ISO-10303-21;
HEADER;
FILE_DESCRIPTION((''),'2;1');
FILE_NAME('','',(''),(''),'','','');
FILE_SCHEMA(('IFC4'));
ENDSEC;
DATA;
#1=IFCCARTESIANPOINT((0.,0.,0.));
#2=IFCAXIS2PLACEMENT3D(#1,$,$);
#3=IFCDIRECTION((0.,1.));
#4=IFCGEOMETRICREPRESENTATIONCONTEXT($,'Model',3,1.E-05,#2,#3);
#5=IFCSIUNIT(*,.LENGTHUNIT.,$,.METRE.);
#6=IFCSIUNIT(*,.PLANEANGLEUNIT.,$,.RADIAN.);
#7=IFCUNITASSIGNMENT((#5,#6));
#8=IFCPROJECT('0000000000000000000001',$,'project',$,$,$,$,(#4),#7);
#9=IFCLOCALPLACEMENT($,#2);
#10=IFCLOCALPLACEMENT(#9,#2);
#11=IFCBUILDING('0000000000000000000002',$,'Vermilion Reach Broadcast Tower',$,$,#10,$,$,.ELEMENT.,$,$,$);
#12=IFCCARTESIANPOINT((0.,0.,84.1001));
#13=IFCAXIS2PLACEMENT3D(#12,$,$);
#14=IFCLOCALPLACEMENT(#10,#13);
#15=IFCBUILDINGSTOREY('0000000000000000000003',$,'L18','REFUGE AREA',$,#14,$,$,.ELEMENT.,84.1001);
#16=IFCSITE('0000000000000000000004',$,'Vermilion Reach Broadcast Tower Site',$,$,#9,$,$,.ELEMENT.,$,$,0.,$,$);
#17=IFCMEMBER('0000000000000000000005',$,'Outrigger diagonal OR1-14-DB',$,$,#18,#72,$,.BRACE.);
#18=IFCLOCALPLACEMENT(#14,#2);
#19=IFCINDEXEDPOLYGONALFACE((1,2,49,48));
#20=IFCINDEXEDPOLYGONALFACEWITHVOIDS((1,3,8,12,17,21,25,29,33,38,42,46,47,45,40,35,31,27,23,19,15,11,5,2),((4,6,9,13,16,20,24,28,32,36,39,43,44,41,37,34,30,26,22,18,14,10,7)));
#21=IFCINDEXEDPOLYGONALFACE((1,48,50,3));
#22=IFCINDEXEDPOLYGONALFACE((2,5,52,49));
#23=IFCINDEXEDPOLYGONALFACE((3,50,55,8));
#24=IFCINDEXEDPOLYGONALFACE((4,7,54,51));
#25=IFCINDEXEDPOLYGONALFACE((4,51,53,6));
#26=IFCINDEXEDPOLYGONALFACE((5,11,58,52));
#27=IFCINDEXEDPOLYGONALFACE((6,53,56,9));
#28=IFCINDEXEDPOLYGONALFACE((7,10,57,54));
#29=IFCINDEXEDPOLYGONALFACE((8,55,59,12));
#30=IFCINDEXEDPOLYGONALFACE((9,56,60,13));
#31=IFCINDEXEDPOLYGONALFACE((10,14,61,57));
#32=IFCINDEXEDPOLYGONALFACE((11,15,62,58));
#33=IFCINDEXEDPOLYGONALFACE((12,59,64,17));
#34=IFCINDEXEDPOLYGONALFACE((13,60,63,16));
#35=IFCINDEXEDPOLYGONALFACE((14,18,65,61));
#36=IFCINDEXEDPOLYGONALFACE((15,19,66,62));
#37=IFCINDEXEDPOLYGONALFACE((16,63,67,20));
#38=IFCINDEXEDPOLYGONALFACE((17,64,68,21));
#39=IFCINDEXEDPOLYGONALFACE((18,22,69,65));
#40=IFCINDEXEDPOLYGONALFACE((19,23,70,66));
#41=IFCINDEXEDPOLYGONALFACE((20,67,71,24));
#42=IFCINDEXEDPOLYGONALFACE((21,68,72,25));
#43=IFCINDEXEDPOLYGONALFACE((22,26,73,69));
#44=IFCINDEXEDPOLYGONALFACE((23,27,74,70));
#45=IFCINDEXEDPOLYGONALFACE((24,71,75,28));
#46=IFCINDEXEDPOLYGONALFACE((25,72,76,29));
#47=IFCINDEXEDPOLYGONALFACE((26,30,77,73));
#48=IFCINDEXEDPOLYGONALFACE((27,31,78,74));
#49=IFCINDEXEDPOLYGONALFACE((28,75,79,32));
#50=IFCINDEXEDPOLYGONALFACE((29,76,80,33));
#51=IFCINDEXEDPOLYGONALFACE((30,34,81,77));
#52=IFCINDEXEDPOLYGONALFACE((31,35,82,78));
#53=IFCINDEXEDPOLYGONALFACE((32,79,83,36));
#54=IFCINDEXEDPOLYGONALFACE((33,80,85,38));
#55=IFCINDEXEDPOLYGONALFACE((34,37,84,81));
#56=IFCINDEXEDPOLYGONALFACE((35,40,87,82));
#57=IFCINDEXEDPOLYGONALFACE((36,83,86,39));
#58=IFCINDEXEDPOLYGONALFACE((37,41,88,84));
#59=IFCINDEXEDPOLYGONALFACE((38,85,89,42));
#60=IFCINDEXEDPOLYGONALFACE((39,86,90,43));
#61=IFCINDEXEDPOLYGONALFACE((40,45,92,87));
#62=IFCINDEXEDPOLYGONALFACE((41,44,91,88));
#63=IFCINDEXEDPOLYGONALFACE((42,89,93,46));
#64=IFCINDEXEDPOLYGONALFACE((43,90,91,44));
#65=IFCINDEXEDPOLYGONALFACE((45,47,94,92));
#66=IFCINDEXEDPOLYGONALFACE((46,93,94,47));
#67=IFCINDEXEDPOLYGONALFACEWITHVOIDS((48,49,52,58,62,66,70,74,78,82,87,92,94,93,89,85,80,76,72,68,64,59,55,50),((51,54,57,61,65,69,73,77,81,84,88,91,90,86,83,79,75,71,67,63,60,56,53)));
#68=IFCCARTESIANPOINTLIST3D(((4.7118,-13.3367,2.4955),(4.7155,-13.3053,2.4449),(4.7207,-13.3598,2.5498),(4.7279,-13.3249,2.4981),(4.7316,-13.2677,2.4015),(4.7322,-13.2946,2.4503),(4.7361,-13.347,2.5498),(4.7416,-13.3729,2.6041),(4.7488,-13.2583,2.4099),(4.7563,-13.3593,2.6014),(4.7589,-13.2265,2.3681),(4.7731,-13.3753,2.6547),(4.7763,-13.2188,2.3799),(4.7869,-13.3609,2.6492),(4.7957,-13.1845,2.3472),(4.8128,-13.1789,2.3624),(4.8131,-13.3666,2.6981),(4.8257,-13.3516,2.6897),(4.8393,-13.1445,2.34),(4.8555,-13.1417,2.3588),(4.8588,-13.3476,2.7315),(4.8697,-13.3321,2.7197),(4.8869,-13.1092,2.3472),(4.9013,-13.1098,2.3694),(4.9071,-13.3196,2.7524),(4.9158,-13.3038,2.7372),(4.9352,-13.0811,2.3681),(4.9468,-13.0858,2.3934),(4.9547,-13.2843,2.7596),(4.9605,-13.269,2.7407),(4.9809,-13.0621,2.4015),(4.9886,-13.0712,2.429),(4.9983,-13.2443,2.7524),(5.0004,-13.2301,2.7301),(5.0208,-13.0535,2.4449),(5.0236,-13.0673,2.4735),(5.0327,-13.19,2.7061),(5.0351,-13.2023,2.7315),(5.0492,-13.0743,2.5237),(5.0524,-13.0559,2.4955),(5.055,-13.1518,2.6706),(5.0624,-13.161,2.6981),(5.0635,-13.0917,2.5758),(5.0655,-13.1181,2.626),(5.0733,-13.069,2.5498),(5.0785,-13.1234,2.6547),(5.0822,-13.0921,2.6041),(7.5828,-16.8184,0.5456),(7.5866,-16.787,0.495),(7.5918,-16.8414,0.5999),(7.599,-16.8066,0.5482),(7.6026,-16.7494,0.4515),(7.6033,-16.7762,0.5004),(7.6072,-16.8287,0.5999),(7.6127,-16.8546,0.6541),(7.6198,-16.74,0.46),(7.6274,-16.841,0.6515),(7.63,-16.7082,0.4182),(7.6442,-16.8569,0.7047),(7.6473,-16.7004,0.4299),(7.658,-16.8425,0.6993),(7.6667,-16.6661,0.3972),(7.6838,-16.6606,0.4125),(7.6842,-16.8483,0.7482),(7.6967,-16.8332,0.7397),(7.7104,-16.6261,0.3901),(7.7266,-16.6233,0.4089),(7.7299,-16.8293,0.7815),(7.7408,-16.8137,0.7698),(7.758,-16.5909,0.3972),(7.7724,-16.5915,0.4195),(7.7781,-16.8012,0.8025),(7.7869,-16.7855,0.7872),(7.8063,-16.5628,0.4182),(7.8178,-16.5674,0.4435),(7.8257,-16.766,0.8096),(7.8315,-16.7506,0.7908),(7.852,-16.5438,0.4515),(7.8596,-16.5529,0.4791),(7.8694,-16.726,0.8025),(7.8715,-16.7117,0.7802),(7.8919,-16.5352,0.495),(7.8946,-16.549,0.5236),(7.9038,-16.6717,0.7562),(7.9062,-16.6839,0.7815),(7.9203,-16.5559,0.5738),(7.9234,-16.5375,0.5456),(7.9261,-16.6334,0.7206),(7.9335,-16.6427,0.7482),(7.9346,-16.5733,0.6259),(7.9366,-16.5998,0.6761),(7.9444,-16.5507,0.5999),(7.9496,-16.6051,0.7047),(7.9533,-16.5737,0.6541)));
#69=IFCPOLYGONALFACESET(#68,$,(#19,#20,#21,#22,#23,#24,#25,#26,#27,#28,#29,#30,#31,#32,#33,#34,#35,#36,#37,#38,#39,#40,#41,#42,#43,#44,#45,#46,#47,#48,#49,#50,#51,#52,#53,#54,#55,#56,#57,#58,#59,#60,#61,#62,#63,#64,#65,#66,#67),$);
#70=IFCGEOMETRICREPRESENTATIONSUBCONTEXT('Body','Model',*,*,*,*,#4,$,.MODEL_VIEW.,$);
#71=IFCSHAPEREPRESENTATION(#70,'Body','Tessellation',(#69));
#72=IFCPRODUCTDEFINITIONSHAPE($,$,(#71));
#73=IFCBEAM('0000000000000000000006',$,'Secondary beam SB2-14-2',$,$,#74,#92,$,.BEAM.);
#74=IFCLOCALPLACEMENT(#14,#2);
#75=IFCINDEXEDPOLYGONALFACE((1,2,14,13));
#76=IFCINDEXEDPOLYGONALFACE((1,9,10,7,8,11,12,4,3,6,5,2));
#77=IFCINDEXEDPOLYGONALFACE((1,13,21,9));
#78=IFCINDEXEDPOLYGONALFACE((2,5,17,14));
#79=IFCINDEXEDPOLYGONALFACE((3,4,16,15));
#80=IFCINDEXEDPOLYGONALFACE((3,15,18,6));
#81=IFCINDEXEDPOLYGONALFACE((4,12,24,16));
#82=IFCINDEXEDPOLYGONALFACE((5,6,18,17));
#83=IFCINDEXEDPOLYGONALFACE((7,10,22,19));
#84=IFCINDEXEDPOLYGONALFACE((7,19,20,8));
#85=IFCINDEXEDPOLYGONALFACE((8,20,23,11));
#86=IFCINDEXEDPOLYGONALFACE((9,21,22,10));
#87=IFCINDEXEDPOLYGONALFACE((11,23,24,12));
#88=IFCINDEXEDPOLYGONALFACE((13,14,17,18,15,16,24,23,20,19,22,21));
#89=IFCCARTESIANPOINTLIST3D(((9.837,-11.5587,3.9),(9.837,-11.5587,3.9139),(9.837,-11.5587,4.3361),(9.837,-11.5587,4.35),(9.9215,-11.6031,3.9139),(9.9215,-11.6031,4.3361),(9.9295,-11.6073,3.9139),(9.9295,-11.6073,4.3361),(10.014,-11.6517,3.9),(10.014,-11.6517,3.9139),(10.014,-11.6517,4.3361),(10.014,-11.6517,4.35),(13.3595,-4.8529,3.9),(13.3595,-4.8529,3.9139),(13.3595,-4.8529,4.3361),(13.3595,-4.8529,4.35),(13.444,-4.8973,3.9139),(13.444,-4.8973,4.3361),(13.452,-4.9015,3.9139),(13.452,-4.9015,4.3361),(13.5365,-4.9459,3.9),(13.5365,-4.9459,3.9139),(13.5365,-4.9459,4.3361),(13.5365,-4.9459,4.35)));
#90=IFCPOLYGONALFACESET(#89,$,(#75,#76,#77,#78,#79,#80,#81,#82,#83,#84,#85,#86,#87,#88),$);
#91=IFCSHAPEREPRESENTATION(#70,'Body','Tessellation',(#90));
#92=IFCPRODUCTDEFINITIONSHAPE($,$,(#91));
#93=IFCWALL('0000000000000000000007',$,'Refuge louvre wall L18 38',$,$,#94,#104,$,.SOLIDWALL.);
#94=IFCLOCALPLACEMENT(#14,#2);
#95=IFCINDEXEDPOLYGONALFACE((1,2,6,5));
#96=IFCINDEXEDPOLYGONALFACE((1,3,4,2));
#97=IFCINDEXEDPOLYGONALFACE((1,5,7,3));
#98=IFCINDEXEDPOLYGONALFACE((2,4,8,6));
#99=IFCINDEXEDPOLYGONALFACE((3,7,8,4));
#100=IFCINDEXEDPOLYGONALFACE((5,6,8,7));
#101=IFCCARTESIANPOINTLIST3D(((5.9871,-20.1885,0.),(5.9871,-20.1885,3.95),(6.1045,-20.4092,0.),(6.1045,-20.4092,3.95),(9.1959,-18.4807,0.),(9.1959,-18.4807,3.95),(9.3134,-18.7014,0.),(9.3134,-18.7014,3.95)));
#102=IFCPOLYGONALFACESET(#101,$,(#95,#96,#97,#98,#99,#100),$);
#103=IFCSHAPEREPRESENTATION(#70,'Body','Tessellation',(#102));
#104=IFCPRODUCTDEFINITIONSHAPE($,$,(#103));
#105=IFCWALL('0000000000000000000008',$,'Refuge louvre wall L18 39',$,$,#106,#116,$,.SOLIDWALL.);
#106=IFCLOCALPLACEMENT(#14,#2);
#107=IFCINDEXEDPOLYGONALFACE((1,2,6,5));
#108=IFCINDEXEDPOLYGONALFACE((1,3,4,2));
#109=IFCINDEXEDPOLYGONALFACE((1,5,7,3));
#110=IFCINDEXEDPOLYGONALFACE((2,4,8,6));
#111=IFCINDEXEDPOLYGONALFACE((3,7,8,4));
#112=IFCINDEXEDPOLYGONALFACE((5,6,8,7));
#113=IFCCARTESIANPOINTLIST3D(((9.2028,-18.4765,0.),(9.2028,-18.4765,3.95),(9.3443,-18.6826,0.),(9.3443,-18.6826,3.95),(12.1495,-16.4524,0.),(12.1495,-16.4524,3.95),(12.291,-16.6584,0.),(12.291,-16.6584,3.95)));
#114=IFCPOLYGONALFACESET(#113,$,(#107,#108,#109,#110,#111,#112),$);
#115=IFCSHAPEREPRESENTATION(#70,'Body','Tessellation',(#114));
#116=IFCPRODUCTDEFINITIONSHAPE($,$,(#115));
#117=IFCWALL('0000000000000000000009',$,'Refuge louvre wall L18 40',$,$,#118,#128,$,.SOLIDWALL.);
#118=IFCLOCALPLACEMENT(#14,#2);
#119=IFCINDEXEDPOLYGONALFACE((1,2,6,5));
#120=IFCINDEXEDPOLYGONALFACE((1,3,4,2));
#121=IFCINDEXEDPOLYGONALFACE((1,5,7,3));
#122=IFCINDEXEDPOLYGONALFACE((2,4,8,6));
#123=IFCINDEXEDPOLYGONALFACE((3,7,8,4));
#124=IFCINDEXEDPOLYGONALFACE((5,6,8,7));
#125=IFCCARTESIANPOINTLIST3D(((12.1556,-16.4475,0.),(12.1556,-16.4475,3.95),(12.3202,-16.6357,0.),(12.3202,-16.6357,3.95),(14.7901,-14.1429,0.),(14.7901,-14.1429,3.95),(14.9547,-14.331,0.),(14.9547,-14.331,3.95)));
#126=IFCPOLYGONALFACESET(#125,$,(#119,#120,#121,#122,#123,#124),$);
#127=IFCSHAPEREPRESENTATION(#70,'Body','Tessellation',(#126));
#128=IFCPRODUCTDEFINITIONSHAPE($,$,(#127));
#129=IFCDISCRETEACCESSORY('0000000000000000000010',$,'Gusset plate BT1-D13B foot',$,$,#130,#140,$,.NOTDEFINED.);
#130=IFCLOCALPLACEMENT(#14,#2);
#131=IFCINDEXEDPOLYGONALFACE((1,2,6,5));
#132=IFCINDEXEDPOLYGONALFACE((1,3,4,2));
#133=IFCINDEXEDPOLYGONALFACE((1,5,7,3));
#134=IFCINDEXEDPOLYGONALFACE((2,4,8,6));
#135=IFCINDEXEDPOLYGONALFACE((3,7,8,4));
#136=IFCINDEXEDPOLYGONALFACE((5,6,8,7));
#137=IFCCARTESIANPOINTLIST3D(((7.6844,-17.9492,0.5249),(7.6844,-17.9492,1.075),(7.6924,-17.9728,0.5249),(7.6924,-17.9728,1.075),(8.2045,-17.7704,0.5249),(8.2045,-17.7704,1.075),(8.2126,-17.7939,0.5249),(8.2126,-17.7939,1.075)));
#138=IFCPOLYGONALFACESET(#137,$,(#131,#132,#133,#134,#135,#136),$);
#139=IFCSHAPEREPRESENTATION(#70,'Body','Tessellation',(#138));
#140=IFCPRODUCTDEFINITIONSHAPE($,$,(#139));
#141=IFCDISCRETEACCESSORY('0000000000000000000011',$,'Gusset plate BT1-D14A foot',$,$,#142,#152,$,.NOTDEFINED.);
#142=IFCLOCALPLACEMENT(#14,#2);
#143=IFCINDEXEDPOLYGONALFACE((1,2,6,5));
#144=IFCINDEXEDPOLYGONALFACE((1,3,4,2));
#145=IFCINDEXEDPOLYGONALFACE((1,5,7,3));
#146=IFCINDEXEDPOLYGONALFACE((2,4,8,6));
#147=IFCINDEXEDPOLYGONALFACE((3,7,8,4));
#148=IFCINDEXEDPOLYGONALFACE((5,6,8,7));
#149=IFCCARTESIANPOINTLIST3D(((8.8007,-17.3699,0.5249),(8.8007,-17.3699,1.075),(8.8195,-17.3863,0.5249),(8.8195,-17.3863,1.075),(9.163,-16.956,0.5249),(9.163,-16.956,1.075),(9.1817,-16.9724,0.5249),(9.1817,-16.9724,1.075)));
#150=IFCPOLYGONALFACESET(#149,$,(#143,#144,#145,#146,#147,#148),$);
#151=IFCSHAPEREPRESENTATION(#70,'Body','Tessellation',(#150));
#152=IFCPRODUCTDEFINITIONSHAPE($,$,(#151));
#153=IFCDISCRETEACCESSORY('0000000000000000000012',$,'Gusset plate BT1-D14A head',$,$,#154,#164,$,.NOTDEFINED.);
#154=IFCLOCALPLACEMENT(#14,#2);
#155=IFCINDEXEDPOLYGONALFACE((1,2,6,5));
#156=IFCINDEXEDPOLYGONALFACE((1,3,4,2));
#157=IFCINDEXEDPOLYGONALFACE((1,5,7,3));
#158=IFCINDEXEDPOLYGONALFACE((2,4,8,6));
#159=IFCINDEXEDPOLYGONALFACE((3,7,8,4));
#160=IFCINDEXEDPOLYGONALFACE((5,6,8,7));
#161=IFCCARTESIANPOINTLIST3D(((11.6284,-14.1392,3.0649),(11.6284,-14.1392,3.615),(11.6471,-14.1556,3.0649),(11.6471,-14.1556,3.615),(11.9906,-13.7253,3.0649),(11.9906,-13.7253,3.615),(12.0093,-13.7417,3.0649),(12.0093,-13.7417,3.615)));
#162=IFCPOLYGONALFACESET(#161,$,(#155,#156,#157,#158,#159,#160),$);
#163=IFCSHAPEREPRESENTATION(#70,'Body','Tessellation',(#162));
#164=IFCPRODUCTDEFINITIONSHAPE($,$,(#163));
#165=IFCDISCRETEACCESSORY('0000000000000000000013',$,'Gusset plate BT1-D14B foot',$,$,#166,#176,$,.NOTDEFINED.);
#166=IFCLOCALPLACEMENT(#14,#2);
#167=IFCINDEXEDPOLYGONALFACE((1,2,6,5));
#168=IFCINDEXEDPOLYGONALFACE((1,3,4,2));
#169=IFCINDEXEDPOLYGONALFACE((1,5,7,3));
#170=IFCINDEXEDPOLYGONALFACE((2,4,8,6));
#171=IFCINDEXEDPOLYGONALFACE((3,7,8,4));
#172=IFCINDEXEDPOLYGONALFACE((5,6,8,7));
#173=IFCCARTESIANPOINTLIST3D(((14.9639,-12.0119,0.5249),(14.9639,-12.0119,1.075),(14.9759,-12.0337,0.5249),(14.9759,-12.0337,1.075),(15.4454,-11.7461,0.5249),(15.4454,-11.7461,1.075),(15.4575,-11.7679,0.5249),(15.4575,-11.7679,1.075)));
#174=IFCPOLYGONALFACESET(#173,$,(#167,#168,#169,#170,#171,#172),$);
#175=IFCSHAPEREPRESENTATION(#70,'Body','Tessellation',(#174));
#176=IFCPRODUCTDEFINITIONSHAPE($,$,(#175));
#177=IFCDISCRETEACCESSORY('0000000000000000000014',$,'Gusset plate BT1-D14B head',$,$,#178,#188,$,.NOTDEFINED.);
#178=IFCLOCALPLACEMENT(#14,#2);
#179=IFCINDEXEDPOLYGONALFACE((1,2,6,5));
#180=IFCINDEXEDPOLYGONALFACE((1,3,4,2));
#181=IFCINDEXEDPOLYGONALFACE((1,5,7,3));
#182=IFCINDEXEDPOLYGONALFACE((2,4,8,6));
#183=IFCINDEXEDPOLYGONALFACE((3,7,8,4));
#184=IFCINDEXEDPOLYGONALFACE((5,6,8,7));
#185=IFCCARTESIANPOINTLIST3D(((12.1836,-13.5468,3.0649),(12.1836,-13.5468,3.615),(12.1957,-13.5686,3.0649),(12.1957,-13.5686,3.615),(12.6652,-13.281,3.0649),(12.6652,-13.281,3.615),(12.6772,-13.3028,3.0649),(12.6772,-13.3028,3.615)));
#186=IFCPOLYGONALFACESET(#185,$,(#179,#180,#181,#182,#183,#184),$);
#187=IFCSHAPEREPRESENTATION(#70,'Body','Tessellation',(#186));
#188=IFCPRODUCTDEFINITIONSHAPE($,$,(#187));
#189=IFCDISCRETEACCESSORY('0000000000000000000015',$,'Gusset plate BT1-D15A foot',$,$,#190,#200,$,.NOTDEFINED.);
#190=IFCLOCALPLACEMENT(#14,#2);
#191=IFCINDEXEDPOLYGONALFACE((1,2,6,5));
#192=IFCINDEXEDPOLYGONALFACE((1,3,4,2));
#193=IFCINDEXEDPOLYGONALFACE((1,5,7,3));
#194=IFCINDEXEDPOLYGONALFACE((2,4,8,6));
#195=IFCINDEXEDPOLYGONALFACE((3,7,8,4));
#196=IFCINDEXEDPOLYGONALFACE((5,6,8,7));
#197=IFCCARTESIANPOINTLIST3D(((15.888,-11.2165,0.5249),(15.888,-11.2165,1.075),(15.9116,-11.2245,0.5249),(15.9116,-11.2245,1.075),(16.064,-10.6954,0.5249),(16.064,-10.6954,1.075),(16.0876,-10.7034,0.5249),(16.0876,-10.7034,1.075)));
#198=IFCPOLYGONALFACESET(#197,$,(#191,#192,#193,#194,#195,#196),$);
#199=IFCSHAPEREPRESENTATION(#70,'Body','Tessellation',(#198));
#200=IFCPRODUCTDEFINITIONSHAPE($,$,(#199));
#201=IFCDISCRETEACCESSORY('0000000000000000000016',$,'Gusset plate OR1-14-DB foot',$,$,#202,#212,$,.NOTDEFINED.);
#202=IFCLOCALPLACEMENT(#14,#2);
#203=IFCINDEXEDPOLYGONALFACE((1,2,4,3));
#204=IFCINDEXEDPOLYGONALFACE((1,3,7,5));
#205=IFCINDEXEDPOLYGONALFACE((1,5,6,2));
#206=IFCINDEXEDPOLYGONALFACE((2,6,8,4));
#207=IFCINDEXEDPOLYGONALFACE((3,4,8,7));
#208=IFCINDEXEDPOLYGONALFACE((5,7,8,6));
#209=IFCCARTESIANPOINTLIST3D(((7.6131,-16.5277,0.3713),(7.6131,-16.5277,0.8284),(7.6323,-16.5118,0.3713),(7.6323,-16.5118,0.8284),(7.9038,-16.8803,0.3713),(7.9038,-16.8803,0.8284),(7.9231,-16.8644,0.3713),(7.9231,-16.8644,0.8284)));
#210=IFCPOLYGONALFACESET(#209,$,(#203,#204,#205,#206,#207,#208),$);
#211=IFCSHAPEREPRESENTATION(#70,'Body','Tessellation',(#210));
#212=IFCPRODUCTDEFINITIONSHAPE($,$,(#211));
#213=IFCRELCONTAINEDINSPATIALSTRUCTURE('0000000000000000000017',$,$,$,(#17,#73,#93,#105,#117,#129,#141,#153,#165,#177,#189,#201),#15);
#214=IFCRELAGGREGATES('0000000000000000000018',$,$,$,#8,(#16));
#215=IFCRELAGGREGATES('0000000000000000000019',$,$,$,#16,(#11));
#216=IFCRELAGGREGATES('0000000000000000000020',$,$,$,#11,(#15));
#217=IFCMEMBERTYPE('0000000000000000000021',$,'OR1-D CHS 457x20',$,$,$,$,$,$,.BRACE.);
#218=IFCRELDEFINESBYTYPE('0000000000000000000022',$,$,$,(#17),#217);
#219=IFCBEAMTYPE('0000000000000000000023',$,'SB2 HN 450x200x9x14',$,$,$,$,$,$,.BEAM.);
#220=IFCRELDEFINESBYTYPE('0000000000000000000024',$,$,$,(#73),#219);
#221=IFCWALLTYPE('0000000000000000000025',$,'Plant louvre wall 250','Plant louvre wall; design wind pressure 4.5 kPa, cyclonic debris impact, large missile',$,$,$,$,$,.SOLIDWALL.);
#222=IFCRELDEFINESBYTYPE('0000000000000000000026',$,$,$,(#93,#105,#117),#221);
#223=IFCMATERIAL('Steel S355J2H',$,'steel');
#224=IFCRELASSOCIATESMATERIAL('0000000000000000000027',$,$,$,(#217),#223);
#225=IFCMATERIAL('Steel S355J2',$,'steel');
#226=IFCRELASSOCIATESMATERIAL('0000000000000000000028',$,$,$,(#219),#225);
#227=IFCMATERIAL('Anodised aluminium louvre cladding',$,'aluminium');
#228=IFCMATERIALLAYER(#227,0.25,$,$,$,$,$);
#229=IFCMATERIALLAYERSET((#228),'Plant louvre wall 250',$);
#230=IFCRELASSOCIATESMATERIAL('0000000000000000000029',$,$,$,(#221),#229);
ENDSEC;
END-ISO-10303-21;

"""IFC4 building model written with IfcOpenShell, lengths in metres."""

from ifc_helpers import new_model, si_unit, direction, frame, frame_2d, origin, origin_2d, place, context, subcontext, project, spatial, rectangle, hollow_circle, i_section, extrude, material, layer, layer_set, material_profile, profile_set, type_object, element, save


model = new_model("IFC4")

# Units and contexts
model_context = context("Model", 3, precision=1e-05, world=origin(), true_north=direction((0.0, 1.0)))
body_context = subcontext(model_context, "Body", "Model", "MODEL_VIEW")
ifc_project = project(units=[si_unit("LENGTHUNIT", "METRE"), si_unit("PLANEANGLEUNIT", "RADIAN")], contexts=[model_context])

# Site, building, storey
site_placement = place(None, origin())
site = spatial("IfcSite", under=ifc_project, at=site_placement, Name="Vermilion Reach Broadcast Tower Site", CompositionType="ELEMENT", RefElevation=0.0)
building_placement = place(site_placement, origin())
building = spatial("IfcBuilding", under=site, at=building_placement, Name="Vermilion Reach Broadcast Tower", CompositionType="ELEMENT")
storey_placement = place(building_placement, frame((0.0, 0.0, 84.1001)))
storey = spatial("IfcBuildingStorey", under=building, at=storey_placement, Name="L18", Description="REFUGE AREA", CompositionType="ELEMENT", Elevation=84.1001)

# Member
ifc_material_1 = material(Name="Steel S355J2H", Category="steel")
ifc_material_profile_1 = material_profile(ifc_material_1, hollow_circle(Radius=0.2285, WallThickness=0.02, at=origin_2d()), Name="S355J2H CHS 457x20")
ifc_profile_set_1 = profile_set([ifc_material_profile_1], Name="Steel S355J2H")
member_type_1 = type_object("IfcMemberType", Name="OR1-D CHS 457x20", PredefinedType="BRACE", material=ifc_profile_set_1)
member_1_placement = place(storey_placement, frame((7.7681, -16.696, 0.5999), z_axis=(-0.584023, 0.708228, 0.396649), x_axis=(-0.771515, -0.636212, 0.0)))
element("IfcMember", 1, at=member_1_placement, inside=storey, type_object=member_type_1, Name="Outrigger diagonal OR1-14-DB", PredefinedType="BRACE", context=body_context, shape_type="SweptSolid", body=[
    extrude(hollow_circle(Radius=0.2285, WallThickness=0.02, at=origin_2d()), origin(), (0.0, 0.0, 1.0), 4.916),
])

# Beam
ifc_material_2 = material(Name="Steel S355J2", Category="steel")
ifc_material_profile_2 = material_profile(ifc_material_2, i_section(OverallWidth=0.2, OverallDepth=0.45, WebThickness=0.009, FlangeThickness=0.0139, at=origin_2d()), Name="S355J2 HN 450x200x9x14")
ifc_profile_set_2 = profile_set([ifc_material_profile_2], Name="Steel S355J2")
beam_type_1 = type_object("IfcBeamType", Name="SB2 HN 450x200x9x14", PredefinedType="BEAM", material=ifc_profile_set_2)
beam_1_placement = place(storey_placement, frame((9.9255, -11.6052, 4.125), z_axis=(0.465032, 0.885294, 0.0), x_axis=(-0.885294, 0.465032, 0.0)))
element("IfcBeam", 2, at=beam_1_placement, inside=storey, type_object=beam_type_1, Name="Secondary beam SB2-14-2", PredefinedType="BEAM", context=body_context, shape_type="SweptSolid", body=[
    extrude(i_section(OverallWidth=0.2, OverallDepth=0.45, WebThickness=0.009, FlangeThickness=0.0139, at=origin_2d()), origin(), (0.0, 0.0, 1.0), 7.5747),
])

# Walls
ifc_material_3 = material(Name="Anodised aluminium louvre cladding", Category="aluminium")
ifc_layer = layer(ifc_material_3, 0.25)
ifc_layer_set = layer_set([ifc_layer], Name="Plant louvre wall 250")
wall_type = type_object("IfcWallType", Name="Plant louvre wall 250", Description="Plant louvre wall; design wind pressure 4.5 kPa, cyclonic debris impact, large missile", PredefinedType="SOLIDWALL", material=ifc_layer_set)
wall_1_placement = place(storey_placement, frame((6.0459, -20.2988, 0.0), z_axis=(0.0, 0.0, 1.0), x_axis=(0.88276, 0.469825, 0.0)))
element("IfcWall", 3, at=wall_1_placement, inside=storey, type_object=wall_type, Name="Refuge louvre wall L18 38", PredefinedType="SOLIDWALL", context=body_context, shape_type="SweptSolid", body=[
    extrude(rectangle(XDim=3.635, YDim=0.25, at=frame_2d((1.8174, 0.0))), origin(), (0.0, 0.0, 1.0), 3.95),
])
wall_2_placement = place(storey_placement, frame((9.2734, -18.5796, 0.0), z_axis=(0.0, 0.0, 1.0), x_axis=(0.824269, 0.566198, 0.0)))
element("IfcWall", 4, at=wall_2_placement, inside=storey, type_object=wall_type, Name="Refuge louvre wall L18 39", PredefinedType="SOLIDWALL", context=body_context, shape_type="SweptSolid", body=[
    extrude(rectangle(XDim=3.575, YDim=0.25, at=frame_2d((1.7876, 0.0))), origin(), (0.0, 0.0, 1.0), 3.95),
])
wall_3_placement = place(storey_placement, frame((12.238, -16.5415, 0.0), z_axis=(0.0, 0.0, 1.0), x_axis=(0.75265, 0.658421, 0.0)))
element("IfcWall", 5, at=wall_3_placement, inside=storey, type_object=wall_type, Name="Refuge louvre wall L18 40", PredefinedType="SOLIDWALL", context=body_context, shape_type="SweptSolid", body=[
    extrude(rectangle(XDim=3.5002, YDim=0.25, at=frame_2d((1.75, 0.0))), origin(), (0.0, 0.0, 1.0), 3.95),
])

# Discrete accessories
for number, where, z_axis, x_axis, name in (
    (6, (7.9485, -17.8716, 0.5249), (0.0, 0.0, 1.0), (0.325102, -0.945679, 0.0), "Gusset plate BT1-D13B foot"),
    (7, (8.9912, -17.1711, 0.5249), (0.0, 0.0, 1.0), (-0.752515, 0.658575, 0.0), "Gusset plate BT1-D14A foot"),
    (8, (11.8188, -13.9404, 3.0649), (0.0, 0.0, 1.0), (-0.752515, 0.658575, 0.0), "Gusset plate BT1-D14A head"),
    (9, (15.2107, -11.8899, 0.5249), (0.0, 0.0, 1.0), (0.483318, -0.875445, 0.0), "Gusset plate BT1-D14B foot"),
    (10, (12.4304, -13.4248, 3.0649), (0.0, 0.0, 1.0), (0.483318, -0.875445, 0.0), "Gusset plate BT1-D14B head"),
    (11, (15.9878, -10.96, 0.5249), (0.0, 0.0, 1.0), (-0.947384, 0.320098, 0.0), "Gusset plate BT1-D15A foot"),
):
    element("IfcDiscreteAccessory", number, at=place(storey_placement, frame(where, z_axis=z_axis, x_axis=x_axis)), inside=storey, Name=name, PredefinedType="NOTDEFINED", context=body_context, shape_type="SweptSolid", body=[
        extrude(rectangle(XDim=0.0249, YDim=0.55, at=origin_2d()), origin(), (0.0, 0.0, 1.0), 0.55),
    ])
discrete_accessory_placement = place(storey_placement, frame((7.7681, -16.696, 0.3713), z_axis=(0.0, 0.0, 1.0), x_axis=(0.771515, 0.636211, 0.0)))
element("IfcDiscreteAccessory", 12, at=discrete_accessory_placement, inside=storey, Name="Gusset plate OR1-14-DB foot", PredefinedType="NOTDEFINED", context=body_context, shape_type="SweptSolid", body=[
    extrude(rectangle(XDim=0.0249, YDim=0.457, at=origin_2d()), origin(), (0.0, 0.0, 1.0), 0.457),
])

save(model, "model.ifc")
